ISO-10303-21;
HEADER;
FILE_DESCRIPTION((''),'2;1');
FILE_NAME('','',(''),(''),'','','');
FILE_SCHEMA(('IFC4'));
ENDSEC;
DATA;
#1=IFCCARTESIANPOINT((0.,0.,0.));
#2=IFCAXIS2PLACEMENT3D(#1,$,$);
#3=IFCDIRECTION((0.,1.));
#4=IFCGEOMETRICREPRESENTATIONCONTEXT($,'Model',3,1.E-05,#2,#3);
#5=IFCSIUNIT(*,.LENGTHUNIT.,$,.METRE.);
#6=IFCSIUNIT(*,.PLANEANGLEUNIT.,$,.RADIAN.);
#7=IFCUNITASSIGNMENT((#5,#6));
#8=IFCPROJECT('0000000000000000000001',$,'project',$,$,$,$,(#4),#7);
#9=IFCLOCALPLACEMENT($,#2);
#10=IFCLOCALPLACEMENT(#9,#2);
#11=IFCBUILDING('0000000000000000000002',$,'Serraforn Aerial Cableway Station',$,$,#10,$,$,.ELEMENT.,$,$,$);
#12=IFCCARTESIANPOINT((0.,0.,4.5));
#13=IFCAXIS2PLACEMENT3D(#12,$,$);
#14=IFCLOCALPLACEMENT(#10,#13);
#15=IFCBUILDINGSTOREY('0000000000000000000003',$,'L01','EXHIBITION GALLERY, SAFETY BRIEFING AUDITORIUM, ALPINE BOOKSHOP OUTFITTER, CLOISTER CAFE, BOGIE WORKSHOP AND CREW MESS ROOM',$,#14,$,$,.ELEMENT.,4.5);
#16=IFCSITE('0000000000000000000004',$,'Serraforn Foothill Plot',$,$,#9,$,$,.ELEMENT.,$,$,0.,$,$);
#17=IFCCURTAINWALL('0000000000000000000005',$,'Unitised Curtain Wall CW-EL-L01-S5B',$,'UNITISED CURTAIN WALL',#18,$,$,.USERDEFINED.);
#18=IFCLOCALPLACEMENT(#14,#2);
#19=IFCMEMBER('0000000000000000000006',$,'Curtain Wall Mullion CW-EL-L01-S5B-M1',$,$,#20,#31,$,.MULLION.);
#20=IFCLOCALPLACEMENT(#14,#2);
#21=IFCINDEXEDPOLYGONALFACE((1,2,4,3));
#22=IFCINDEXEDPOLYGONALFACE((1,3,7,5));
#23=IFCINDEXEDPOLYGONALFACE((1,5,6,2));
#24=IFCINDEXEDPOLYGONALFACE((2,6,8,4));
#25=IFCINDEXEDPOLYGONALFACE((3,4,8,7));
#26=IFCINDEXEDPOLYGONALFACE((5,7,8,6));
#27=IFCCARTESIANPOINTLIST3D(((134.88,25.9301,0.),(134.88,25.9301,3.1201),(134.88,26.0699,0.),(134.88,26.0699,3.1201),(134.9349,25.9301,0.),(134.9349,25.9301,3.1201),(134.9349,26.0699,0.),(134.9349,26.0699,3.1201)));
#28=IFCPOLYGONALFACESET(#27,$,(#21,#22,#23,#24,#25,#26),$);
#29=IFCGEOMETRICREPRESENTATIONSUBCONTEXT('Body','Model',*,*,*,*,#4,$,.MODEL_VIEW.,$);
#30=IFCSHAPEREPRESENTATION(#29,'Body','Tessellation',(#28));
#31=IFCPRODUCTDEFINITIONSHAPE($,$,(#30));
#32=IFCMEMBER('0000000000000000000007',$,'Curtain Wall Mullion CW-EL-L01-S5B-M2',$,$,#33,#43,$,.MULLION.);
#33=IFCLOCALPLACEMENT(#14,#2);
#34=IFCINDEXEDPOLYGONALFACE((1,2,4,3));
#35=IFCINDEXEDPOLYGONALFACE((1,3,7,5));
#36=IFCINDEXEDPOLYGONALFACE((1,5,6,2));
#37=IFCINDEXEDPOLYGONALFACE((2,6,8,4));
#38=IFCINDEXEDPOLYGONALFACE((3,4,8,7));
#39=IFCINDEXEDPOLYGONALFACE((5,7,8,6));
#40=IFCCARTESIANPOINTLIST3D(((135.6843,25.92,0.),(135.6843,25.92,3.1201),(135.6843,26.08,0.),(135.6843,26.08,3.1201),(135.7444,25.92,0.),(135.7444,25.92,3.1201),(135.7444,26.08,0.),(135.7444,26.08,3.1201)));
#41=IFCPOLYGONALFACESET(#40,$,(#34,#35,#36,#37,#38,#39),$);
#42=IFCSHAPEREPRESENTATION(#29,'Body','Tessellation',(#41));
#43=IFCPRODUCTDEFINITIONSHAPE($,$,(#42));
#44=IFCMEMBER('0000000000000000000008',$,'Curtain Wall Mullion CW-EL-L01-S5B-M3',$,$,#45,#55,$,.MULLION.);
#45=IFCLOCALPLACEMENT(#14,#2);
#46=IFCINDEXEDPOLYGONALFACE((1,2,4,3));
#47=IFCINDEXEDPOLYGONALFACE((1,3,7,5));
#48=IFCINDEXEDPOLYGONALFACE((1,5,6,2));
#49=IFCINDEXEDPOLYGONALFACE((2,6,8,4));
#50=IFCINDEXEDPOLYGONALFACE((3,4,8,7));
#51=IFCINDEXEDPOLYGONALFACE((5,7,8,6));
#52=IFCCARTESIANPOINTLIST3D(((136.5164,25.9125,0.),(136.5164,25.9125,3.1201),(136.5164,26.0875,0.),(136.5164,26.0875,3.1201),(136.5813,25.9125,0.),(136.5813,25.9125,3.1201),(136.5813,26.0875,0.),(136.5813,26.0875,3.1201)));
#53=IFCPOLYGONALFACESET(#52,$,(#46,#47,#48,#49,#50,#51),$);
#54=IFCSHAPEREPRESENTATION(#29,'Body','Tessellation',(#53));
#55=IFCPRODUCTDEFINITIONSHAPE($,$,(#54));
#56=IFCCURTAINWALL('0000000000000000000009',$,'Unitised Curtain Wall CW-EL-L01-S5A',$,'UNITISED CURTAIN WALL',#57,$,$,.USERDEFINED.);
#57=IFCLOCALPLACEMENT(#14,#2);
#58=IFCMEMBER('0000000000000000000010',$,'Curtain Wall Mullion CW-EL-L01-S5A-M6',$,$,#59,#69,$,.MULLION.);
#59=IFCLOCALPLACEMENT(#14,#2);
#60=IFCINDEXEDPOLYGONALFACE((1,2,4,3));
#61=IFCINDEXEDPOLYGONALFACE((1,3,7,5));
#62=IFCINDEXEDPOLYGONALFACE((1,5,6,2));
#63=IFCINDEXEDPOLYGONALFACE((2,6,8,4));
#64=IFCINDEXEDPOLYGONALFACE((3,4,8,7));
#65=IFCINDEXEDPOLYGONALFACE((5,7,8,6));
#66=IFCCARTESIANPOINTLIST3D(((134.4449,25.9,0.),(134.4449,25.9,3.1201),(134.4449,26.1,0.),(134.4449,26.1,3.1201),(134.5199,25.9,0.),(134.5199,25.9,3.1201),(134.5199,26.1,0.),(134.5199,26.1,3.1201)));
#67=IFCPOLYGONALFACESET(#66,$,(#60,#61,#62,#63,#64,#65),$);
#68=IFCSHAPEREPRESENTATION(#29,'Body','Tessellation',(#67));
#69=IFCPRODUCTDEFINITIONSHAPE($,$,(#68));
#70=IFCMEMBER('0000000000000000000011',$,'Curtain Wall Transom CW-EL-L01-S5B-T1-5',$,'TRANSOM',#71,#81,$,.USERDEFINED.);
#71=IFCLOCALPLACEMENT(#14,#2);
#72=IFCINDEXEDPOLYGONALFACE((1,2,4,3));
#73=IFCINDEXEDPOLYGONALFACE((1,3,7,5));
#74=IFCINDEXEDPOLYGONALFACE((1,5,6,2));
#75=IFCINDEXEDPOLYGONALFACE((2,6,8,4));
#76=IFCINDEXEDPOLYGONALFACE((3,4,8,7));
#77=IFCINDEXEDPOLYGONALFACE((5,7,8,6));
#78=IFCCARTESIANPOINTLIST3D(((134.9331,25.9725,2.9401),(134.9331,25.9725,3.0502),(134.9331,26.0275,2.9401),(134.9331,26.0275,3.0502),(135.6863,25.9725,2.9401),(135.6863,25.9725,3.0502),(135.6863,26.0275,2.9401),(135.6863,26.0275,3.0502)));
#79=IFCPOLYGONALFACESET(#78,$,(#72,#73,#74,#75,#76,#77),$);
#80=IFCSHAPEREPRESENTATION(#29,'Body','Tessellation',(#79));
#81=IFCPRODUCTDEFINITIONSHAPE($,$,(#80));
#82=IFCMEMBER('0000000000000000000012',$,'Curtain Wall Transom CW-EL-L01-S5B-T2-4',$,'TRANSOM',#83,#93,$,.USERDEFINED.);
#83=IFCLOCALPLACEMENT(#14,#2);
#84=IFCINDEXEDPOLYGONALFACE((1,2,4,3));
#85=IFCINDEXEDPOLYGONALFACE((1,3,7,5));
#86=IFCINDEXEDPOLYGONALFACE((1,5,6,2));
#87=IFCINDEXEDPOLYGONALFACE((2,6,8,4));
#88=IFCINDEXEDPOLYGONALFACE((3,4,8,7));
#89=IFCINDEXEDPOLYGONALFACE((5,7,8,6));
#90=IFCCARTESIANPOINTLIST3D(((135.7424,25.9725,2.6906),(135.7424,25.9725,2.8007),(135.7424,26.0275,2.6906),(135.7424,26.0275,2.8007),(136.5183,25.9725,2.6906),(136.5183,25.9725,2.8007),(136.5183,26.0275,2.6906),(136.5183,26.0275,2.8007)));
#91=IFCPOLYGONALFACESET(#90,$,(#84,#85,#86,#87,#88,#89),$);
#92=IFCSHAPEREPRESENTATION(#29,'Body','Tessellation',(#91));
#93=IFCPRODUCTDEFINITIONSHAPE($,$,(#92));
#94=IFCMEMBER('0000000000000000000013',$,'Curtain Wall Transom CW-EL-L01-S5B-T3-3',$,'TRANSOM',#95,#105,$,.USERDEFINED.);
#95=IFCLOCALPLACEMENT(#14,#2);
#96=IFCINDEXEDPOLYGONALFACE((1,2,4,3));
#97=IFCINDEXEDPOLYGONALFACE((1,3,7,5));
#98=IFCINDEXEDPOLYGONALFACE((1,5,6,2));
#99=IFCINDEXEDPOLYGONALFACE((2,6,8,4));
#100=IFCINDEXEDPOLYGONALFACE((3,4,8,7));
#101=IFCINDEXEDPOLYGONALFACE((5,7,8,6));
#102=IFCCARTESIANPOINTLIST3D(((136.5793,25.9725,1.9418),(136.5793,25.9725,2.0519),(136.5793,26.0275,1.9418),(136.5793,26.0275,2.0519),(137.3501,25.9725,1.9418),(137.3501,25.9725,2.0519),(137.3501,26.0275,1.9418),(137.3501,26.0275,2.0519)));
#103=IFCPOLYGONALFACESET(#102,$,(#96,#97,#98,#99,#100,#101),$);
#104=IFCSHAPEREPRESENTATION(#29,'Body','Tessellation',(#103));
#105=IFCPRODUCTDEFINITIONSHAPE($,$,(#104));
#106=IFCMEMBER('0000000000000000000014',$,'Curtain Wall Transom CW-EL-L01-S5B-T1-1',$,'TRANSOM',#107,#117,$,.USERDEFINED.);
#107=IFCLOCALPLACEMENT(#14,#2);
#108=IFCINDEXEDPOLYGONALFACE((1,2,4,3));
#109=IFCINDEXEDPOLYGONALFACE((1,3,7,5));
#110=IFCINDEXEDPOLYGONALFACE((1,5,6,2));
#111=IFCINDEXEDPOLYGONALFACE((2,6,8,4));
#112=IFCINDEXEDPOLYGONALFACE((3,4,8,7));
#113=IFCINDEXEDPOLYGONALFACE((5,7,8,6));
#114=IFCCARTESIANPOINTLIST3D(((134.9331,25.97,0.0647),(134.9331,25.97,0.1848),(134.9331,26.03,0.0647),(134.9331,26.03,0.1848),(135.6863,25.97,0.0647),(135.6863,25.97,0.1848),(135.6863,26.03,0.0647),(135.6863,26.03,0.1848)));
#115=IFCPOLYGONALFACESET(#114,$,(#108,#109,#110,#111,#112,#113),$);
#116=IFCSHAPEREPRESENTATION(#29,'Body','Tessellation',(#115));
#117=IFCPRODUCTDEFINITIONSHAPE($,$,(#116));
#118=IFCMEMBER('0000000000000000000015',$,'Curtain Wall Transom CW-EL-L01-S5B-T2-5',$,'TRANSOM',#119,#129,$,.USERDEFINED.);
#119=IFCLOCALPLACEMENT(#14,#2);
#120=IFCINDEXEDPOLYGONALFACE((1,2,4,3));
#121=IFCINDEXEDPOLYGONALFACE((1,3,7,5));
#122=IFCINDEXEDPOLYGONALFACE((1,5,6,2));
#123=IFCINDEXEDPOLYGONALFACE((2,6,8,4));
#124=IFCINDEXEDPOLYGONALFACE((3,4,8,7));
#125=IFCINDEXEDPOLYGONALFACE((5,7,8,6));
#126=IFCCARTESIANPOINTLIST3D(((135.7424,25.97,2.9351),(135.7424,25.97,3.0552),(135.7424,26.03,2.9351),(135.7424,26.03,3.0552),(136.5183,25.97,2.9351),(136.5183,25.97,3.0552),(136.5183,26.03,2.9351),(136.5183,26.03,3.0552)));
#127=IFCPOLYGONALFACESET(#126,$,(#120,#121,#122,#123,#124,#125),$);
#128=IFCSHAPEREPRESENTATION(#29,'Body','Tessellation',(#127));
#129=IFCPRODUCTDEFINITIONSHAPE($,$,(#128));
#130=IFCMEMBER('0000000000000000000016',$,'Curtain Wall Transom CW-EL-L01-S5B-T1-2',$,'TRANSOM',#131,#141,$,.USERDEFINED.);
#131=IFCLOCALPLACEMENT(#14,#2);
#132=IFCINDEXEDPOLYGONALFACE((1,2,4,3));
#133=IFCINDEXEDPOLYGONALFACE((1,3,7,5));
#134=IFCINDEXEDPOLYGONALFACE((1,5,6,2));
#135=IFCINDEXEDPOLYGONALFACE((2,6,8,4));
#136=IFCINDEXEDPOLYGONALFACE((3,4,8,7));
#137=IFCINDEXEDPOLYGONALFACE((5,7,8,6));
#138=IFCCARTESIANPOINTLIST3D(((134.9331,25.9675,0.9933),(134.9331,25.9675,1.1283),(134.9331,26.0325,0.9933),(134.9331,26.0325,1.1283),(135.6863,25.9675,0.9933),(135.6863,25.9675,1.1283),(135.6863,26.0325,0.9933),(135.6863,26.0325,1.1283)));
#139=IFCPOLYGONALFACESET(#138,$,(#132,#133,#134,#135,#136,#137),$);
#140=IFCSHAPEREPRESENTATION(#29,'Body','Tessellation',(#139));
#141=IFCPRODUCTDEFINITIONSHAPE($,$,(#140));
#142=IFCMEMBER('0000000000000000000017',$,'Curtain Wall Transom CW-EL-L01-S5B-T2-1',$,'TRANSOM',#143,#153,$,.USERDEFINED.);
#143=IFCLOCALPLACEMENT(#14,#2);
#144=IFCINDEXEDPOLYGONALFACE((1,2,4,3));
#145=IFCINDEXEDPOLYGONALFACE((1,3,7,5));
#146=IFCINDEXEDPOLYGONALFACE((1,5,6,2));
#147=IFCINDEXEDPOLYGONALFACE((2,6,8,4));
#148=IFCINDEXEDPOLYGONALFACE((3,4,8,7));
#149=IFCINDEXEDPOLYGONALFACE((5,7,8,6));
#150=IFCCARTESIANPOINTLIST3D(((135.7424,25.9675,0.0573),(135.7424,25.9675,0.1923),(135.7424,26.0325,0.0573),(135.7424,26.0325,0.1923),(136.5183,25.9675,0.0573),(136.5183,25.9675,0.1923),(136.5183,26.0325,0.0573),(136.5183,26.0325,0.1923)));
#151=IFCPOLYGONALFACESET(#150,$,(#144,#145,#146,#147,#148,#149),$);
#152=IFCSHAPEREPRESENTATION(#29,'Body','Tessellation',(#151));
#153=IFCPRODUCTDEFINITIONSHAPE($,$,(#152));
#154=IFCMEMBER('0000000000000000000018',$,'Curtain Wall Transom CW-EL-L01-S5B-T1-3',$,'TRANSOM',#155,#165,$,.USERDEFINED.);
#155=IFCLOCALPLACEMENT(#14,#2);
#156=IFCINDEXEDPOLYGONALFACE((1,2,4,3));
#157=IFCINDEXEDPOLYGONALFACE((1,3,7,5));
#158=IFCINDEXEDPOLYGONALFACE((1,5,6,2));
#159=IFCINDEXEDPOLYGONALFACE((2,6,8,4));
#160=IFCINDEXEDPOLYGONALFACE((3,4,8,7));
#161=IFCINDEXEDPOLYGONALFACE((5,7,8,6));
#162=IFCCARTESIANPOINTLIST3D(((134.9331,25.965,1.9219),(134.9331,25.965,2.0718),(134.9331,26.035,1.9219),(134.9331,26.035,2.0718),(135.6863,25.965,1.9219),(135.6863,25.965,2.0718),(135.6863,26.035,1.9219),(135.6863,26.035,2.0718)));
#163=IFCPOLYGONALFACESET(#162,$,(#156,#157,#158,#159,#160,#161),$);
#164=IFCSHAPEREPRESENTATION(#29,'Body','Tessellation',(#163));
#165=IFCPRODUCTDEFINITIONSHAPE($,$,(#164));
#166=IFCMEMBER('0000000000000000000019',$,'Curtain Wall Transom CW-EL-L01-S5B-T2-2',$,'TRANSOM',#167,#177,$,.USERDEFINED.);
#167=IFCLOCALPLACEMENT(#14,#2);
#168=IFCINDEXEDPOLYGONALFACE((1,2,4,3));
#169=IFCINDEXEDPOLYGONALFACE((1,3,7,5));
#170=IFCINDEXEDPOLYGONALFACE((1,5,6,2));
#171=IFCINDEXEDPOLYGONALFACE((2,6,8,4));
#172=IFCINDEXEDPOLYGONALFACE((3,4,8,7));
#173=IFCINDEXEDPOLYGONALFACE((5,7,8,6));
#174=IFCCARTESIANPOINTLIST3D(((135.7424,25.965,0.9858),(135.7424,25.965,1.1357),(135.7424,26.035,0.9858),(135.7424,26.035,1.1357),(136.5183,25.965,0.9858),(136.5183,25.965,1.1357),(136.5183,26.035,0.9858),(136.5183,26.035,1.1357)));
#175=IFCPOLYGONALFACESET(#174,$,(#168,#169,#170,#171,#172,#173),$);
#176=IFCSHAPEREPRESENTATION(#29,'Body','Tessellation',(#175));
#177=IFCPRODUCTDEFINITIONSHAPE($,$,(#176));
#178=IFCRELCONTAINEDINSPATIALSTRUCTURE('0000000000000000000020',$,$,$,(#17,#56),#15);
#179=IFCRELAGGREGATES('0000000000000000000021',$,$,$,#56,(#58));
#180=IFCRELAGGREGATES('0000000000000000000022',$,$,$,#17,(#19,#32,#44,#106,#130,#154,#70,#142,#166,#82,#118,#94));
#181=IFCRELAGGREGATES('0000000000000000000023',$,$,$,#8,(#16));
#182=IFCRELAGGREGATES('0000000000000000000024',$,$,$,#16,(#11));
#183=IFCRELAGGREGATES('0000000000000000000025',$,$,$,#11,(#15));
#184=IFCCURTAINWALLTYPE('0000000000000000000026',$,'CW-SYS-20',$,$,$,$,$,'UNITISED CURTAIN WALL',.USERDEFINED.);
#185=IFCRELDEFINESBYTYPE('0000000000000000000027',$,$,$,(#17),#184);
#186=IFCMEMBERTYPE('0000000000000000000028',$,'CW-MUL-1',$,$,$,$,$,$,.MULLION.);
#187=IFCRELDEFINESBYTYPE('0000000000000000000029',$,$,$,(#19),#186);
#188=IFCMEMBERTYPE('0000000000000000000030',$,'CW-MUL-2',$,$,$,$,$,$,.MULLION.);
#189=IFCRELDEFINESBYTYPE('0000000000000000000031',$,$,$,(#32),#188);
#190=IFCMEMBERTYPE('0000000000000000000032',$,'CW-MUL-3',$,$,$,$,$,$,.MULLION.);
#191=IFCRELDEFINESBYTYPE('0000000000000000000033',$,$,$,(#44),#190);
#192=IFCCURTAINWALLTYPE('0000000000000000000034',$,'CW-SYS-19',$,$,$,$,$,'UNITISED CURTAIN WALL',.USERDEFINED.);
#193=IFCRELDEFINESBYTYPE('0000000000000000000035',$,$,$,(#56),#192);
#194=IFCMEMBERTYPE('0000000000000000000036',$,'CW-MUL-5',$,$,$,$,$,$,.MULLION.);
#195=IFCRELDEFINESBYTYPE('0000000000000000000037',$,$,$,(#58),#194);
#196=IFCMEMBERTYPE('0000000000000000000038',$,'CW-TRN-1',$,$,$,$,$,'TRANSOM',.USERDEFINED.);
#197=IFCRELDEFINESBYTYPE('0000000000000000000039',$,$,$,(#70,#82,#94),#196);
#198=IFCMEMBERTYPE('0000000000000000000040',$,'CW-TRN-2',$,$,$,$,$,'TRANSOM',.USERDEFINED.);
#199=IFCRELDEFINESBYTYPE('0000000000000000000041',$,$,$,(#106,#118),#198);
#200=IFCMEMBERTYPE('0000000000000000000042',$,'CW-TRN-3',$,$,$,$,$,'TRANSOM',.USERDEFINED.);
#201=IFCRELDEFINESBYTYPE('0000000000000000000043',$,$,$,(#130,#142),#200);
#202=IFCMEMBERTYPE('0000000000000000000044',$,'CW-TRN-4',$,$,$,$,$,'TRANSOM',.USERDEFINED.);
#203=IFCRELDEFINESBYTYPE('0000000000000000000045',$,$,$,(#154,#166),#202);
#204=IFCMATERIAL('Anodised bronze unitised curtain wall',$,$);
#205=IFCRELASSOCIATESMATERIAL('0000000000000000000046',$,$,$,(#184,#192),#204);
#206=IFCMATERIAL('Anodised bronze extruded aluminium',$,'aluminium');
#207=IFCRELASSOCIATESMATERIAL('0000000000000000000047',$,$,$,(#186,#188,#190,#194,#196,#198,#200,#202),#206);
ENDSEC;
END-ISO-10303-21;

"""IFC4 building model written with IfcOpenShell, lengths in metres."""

from ifc_helpers import new_model, si_unit, direction, frame, origin, origin_2d, place, context, subcontext, project, spatial, rectangle, extrude, material, material_profile, profile_set, type_object, element, aggregate, save


model = new_model("IFC4")

# Units and contexts
model_context = context("Model", 3, precision=1e-05, world=origin(), true_north=direction((0.0, 1.0)))
body_context = subcontext(model_context, "Body", "Model", "MODEL_VIEW")
ifc_project = project(units=[si_unit("LENGTHUNIT", "METRE"), si_unit("PLANEANGLEUNIT", "RADIAN")], contexts=[model_context])

# Site, building, storey
site_placement = place(None, origin())
site = spatial("IfcSite", under=ifc_project, at=site_placement, Name="Serraforn Foothill Plot", CompositionType="ELEMENT", RefElevation=0.0)
building_placement = place(site_placement, origin())
building = spatial("IfcBuilding", under=site, at=building_placement, Name="Serraforn Aerial Cableway Station", CompositionType="ELEMENT")
storey_placement = place(building_placement, frame((0.0, 0.0, 4.5)))
storey = spatial("IfcBuildingStorey", under=building, at=storey_placement, Name="L01", Description="EXHIBITION GALLERY, SAFETY BRIEFING AUDITORIUM, ALPINE BOOKSHOP OUTFITTER, CLOISTER CAFE, BOGIE WORKSHOP AND CREW MESS ROOM", CompositionType="ELEMENT", Elevation=4.5)

# Curtain wall, members
ifc_material_1 = material(Name="Anodised bronze unitised curtain wall")
curtain_wall_type_1 = type_object("IfcCurtainWallType", Name="CW-SYS-20", ElementType="UNITISED CURTAIN WALL", PredefinedType="USERDEFINED", material=ifc_material_1)
curtain_wall_1_placement = place(storey_placement, origin())
curtain_wall_1 = element("IfcCurtainWall", 1, at=curtain_wall_1_placement, inside=storey, type_object=curtain_wall_type_1, Name="Unitised Curtain Wall CW-EL-L01-S5B", ObjectType="UNITISED CURTAIN WALL", PredefinedType="USERDEFINED")
ifc_material_2 = material(Name="Anodised bronze extruded aluminium", Category="aluminium")
ifc_material_profile_1 = material_profile(ifc_material_2, rectangle(XDim=0.0549, YDim=0.1399, at=origin_2d()), Name="CW MULLION 55x140")
ifc_profile_set_1 = profile_set([ifc_material_profile_1], Name="Anodised bronze extruded aluminium")
member_type_1 = type_object("IfcMemberType", Name="CW-MUL-1", PredefinedType="MULLION", material=ifc_profile_set_1)
member_1_placement = place(storey_placement, frame((134.9075, 26.0, 0.0), z_axis=(0.0, 0.0, 1.0), x_axis=(1.0, 0.0, 0.0)))
member_1 = element("IfcMember", 2, at=member_1_placement, type_object=member_type_1, Name="Curtain Wall Mullion CW-EL-L01-S5B-M1", PredefinedType="MULLION", context=body_context, shape_type="SweptSolid", body=[
    extrude(rectangle(XDim=0.0549, YDim=0.1399, at=origin_2d()), origin(), (0.0, 0.0, 1.0), 3.1201),
])
ifc_material_profile_2 = material_profile(ifc_material_2, rectangle(XDim=0.0601, YDim=0.1599, at=origin_2d()), Name="CW MULLION 60x160")
ifc_profile_set_2 = profile_set([ifc_material_profile_2], Name="Anodised bronze extruded aluminium")
member_type_2 = type_object("IfcMemberType", Name="CW-MUL-2", PredefinedType="MULLION", material=ifc_profile_set_2)
member_2_placement = place(storey_placement, frame((135.7144, 26.0, 0.0), z_axis=(0.0, 0.0, 1.0), x_axis=(1.0, 0.0, 0.0)))
member_2 = element("IfcMember", 3, at=member_2_placement, type_object=member_type_2, Name="Curtain Wall Mullion CW-EL-L01-S5B-M2", PredefinedType="MULLION", context=body_context, shape_type="SweptSolid", body=[
    extrude(rectangle(XDim=0.0601, YDim=0.1599, at=origin_2d()), origin(), (0.0, 0.0, 1.0), 3.1201),
])
ifc_material_profile_3 = material_profile(ifc_material_2, rectangle(XDim=0.0649, YDim=0.175, at=origin_2d()), Name="CW MULLION 65x175")
ifc_profile_set_3 = profile_set([ifc_material_profile_3], Name="Anodised bronze extruded aluminium")
member_type_3 = type_object("IfcMemberType", Name="CW-MUL-3", PredefinedType="MULLION", material=ifc_profile_set_3)
member_3_placement = place(storey_placement, frame((136.5488, 26.0, 0.0), z_axis=(0.0, 0.0, 1.0), x_axis=(1.0, 0.0, 0.0)))
member_3 = element("IfcMember", 4, at=member_3_placement, type_object=member_type_3, Name="Curtain Wall Mullion CW-EL-L01-S5B-M3", PredefinedType="MULLION", context=body_context, shape_type="SweptSolid", body=[
    extrude(rectangle(XDim=0.0649, YDim=0.175, at=origin_2d()), origin(), (0.0, 0.0, 1.0), 3.1201),
])

# Curtain wall, member
curtain_wall_type_2 = type_object("IfcCurtainWallType", Name="CW-SYS-19", ElementType="UNITISED CURTAIN WALL", PredefinedType="USERDEFINED", material=ifc_material_1)
curtain_wall_2_placement = place(storey_placement, origin())
curtain_wall_2 = element("IfcCurtainWall", 5, at=curtain_wall_2_placement, inside=storey, type_object=curtain_wall_type_2, Name="Unitised Curtain Wall CW-EL-L01-S5A", ObjectType="UNITISED CURTAIN WALL", PredefinedType="USERDEFINED")
ifc_material_profile_4 = material_profile(ifc_material_2, rectangle(XDim=0.075, YDim=0.2, at=origin_2d()), Name="CW MULLION 75x200")
ifc_profile_set_4 = profile_set([ifc_material_profile_4], Name="Anodised bronze extruded aluminium")
member_type_4 = type_object("IfcMemberType", Name="CW-MUL-5", PredefinedType="MULLION", material=ifc_profile_set_4)
member_4_placement = place(storey_placement, frame((134.4824, 26.0, 0.0), z_axis=(0.0, 0.0, 1.0), x_axis=(1.0, 0.0, 0.0)))
member_4 = element("IfcMember", 6, at=member_4_placement, type_object=member_type_4, Name="Curtain Wall Mullion CW-EL-L01-S5A-M6", PredefinedType="MULLION", context=body_context, shape_type="SweptSolid", body=[
    extrude(rectangle(XDim=0.075, YDim=0.2, at=origin_2d()), origin(), (0.0, 0.0, 1.0), 3.1201),
])
aggregate(curtain_wall_2, [member_4])

# Members
ifc_material_profile_5 = material_profile(ifc_material_2, rectangle(XDim=0.0549, YDim=0.1101, at=origin_2d()), Name="CW TRANSOM 55x110")
ifc_profile_set_5 = profile_set([ifc_material_profile_5], Name="Anodised bronze extruded aluminium")
member_type_5 = type_object("IfcMemberType", Name="CW-TRN-1", ElementType="TRANSOM", PredefinedType="USERDEFINED", material=ifc_profile_set_5)
member_5_placement = place(storey_placement, frame((134.9331, 26.0, 2.9951), z_axis=(1.0, 0.0, 0.0), x_axis=(0.0, 1.0, 0.0)))
member_5 = element("IfcMember", 7, at=member_5_placement, type_object=member_type_5, Name="Curtain Wall Transom CW-EL-L01-S5B-T1-5", ObjectType="TRANSOM", PredefinedType="USERDEFINED", context=body_context, shape_type="SweptSolid", body=[
    extrude(rectangle(XDim=0.0549, YDim=0.1101, at=origin_2d()), origin(), (0.0, 0.0, 1.0), 0.7532),
])
member_6_placement = place(storey_placement, frame((135.7424, 26.0, 2.7456), z_axis=(1.0, 0.0, 0.0), x_axis=(0.0, 1.0, 0.0)))
member_6 = element("IfcMember", 8, at=member_6_placement, type_object=member_type_5, Name="Curtain Wall Transom CW-EL-L01-S5B-T2-4", ObjectType="TRANSOM", PredefinedType="USERDEFINED", context=body_context, shape_type="SweptSolid", body=[
    extrude(rectangle(XDim=0.0549, YDim=0.1101, at=origin_2d()), origin(), (0.0, 0.0, 1.0), 0.7759),
])
member_7_placement = place(storey_placement, frame((136.5793, 26.0, 1.9968), z_axis=(1.0, 0.0, 0.0), x_axis=(0.0, 1.0, 0.0)))
member_7 = element("IfcMember", 9, at=member_7_placement, type_object=member_type_5, Name="Curtain Wall Transom CW-EL-L01-S5B-T3-3", ObjectType="TRANSOM", PredefinedType="USERDEFINED", context=body_context, shape_type="SweptSolid", body=[
    extrude(rectangle(XDim=0.0549, YDim=0.1101, at=origin_2d()), origin(), (0.0, 0.0, 1.0), 0.7708),
])
ifc_material_profile_6 = material_profile(ifc_material_2, rectangle(XDim=0.0601, YDim=0.1201, at=origin_2d()), Name="CW TRANSOM 60x120")
ifc_profile_set_6 = profile_set([ifc_material_profile_6], Name="Anodised bronze extruded aluminium")
member_type_6 = type_object("IfcMemberType", Name="CW-TRN-2", ElementType="TRANSOM", PredefinedType="USERDEFINED", material=ifc_profile_set_6)
member_8_placement = place(storey_placement, frame((134.9331, 26.0, 0.1248), z_axis=(1.0, 0.0, 0.0), x_axis=(0.0, 1.0, 0.0)))
member_8 = element("IfcMember", 10, at=member_8_placement, type_object=member_type_6, Name="Curtain Wall Transom CW-EL-L01-S5B-T1-1", ObjectType="TRANSOM", PredefinedType="USERDEFINED", context=body_context, shape_type="SweptSolid", body=[
    extrude(rectangle(XDim=0.0601, YDim=0.1201, at=origin_2d()), origin(), (0.0, 0.0, 1.0), 0.7532),
])
member_9_placement = place(storey_placement, frame((135.7424, 26.0, 2.9951), z_axis=(1.0, 0.0, 0.0), x_axis=(0.0, 1.0, 0.0)))
member_9 = element("IfcMember", 11, at=member_9_placement, type_object=member_type_6, Name="Curtain Wall Transom CW-EL-L01-S5B-T2-5", ObjectType="TRANSOM", PredefinedType="USERDEFINED", context=body_context, shape_type="SweptSolid", body=[
    extrude(rectangle(XDim=0.0601, YDim=0.1201, at=origin_2d()), origin(), (0.0, 0.0, 1.0), 0.7759),
])
ifc_material_profile_7 = material_profile(ifc_material_2, rectangle(XDim=0.0649, YDim=0.135, at=origin_2d()), Name="CW TRANSOM 65x135")
ifc_profile_set_7 = profile_set([ifc_material_profile_7], Name="Anodised bronze extruded aluminium")
member_type_7 = type_object("IfcMemberType", Name="CW-TRN-3", ElementType="TRANSOM", PredefinedType="USERDEFINED", material=ifc_profile_set_7)
member_10_placement = place(storey_placement, frame((134.9331, 26.0, 1.0608), z_axis=(1.0, 0.0, 0.0), x_axis=(0.0, 1.0, 0.0)))
member_10 = element("IfcMember", 12, at=member_10_placement, type_object=member_type_7, Name="Curtain Wall Transom CW-EL-L01-S5B-T1-2", ObjectType="TRANSOM", PredefinedType="USERDEFINED", context=body_context, shape_type="SweptSolid", body=[
    extrude(rectangle(XDim=0.0649, YDim=0.135, at=origin_2d()), origin(), (0.0, 0.0, 1.0), 0.7532),
])
member_11_placement = place(storey_placement, frame((135.7424, 26.0, 0.1248), z_axis=(1.0, 0.0, 0.0), x_axis=(0.0, 1.0, 0.0)))
member_11 = element("IfcMember", 13, at=member_11_placement, type_object=member_type_7, Name="Curtain Wall Transom CW-EL-L01-S5B-T2-1", ObjectType="TRANSOM", PredefinedType="USERDEFINED", context=body_context, shape_type="SweptSolid", body=[
    extrude(rectangle(XDim=0.0649, YDim=0.135, at=origin_2d()), origin(), (0.0, 0.0, 1.0), 0.7759),
])
ifc_material_profile_8 = material_profile(ifc_material_2, rectangle(XDim=0.0701, YDim=0.1499, at=origin_2d()), Name="CW TRANSOM 70x150")
ifc_profile_set_8 = profile_set([ifc_material_profile_8], Name="Anodised bronze extruded aluminium")
member_type_8 = type_object("IfcMemberType", Name="CW-TRN-4", ElementType="TRANSOM", PredefinedType="USERDEFINED", material=ifc_profile_set_8)
member_12_placement = place(storey_placement, frame((134.9331, 26.0, 1.9968), z_axis=(1.0, 0.0, 0.0), x_axis=(0.0, 1.0, 0.0)))
member_12 = element("IfcMember", 14, at=member_12_placement, type_object=member_type_8, Name="Curtain Wall Transom CW-EL-L01-S5B-T1-3", ObjectType="TRANSOM", PredefinedType="USERDEFINED", context=body_context, shape_type="SweptSolid", body=[
    extrude(rectangle(XDim=0.0701, YDim=0.1499, at=origin_2d()), origin(), (0.0, 0.0, 1.0), 0.7532),
])
member_13_placement = place(storey_placement, frame((135.7424, 26.0, 1.0608), z_axis=(1.0, 0.0, 0.0), x_axis=(0.0, 1.0, 0.0)))
member_13 = element("IfcMember", 15, at=member_13_placement, type_object=member_type_8, Name="Curtain Wall Transom CW-EL-L01-S5B-T2-2", ObjectType="TRANSOM", PredefinedType="USERDEFINED", context=body_context, shape_type="SweptSolid", body=[
    extrude(rectangle(XDim=0.0701, YDim=0.1499, at=origin_2d()), origin(), (0.0, 0.0, 1.0), 0.7759),
])

aggregate(curtain_wall_1, [member_1, member_2, member_3, member_8, member_10, member_12, member_5, member_11, member_13, member_6, member_9, member_7])

save(model, "model.ifc")
